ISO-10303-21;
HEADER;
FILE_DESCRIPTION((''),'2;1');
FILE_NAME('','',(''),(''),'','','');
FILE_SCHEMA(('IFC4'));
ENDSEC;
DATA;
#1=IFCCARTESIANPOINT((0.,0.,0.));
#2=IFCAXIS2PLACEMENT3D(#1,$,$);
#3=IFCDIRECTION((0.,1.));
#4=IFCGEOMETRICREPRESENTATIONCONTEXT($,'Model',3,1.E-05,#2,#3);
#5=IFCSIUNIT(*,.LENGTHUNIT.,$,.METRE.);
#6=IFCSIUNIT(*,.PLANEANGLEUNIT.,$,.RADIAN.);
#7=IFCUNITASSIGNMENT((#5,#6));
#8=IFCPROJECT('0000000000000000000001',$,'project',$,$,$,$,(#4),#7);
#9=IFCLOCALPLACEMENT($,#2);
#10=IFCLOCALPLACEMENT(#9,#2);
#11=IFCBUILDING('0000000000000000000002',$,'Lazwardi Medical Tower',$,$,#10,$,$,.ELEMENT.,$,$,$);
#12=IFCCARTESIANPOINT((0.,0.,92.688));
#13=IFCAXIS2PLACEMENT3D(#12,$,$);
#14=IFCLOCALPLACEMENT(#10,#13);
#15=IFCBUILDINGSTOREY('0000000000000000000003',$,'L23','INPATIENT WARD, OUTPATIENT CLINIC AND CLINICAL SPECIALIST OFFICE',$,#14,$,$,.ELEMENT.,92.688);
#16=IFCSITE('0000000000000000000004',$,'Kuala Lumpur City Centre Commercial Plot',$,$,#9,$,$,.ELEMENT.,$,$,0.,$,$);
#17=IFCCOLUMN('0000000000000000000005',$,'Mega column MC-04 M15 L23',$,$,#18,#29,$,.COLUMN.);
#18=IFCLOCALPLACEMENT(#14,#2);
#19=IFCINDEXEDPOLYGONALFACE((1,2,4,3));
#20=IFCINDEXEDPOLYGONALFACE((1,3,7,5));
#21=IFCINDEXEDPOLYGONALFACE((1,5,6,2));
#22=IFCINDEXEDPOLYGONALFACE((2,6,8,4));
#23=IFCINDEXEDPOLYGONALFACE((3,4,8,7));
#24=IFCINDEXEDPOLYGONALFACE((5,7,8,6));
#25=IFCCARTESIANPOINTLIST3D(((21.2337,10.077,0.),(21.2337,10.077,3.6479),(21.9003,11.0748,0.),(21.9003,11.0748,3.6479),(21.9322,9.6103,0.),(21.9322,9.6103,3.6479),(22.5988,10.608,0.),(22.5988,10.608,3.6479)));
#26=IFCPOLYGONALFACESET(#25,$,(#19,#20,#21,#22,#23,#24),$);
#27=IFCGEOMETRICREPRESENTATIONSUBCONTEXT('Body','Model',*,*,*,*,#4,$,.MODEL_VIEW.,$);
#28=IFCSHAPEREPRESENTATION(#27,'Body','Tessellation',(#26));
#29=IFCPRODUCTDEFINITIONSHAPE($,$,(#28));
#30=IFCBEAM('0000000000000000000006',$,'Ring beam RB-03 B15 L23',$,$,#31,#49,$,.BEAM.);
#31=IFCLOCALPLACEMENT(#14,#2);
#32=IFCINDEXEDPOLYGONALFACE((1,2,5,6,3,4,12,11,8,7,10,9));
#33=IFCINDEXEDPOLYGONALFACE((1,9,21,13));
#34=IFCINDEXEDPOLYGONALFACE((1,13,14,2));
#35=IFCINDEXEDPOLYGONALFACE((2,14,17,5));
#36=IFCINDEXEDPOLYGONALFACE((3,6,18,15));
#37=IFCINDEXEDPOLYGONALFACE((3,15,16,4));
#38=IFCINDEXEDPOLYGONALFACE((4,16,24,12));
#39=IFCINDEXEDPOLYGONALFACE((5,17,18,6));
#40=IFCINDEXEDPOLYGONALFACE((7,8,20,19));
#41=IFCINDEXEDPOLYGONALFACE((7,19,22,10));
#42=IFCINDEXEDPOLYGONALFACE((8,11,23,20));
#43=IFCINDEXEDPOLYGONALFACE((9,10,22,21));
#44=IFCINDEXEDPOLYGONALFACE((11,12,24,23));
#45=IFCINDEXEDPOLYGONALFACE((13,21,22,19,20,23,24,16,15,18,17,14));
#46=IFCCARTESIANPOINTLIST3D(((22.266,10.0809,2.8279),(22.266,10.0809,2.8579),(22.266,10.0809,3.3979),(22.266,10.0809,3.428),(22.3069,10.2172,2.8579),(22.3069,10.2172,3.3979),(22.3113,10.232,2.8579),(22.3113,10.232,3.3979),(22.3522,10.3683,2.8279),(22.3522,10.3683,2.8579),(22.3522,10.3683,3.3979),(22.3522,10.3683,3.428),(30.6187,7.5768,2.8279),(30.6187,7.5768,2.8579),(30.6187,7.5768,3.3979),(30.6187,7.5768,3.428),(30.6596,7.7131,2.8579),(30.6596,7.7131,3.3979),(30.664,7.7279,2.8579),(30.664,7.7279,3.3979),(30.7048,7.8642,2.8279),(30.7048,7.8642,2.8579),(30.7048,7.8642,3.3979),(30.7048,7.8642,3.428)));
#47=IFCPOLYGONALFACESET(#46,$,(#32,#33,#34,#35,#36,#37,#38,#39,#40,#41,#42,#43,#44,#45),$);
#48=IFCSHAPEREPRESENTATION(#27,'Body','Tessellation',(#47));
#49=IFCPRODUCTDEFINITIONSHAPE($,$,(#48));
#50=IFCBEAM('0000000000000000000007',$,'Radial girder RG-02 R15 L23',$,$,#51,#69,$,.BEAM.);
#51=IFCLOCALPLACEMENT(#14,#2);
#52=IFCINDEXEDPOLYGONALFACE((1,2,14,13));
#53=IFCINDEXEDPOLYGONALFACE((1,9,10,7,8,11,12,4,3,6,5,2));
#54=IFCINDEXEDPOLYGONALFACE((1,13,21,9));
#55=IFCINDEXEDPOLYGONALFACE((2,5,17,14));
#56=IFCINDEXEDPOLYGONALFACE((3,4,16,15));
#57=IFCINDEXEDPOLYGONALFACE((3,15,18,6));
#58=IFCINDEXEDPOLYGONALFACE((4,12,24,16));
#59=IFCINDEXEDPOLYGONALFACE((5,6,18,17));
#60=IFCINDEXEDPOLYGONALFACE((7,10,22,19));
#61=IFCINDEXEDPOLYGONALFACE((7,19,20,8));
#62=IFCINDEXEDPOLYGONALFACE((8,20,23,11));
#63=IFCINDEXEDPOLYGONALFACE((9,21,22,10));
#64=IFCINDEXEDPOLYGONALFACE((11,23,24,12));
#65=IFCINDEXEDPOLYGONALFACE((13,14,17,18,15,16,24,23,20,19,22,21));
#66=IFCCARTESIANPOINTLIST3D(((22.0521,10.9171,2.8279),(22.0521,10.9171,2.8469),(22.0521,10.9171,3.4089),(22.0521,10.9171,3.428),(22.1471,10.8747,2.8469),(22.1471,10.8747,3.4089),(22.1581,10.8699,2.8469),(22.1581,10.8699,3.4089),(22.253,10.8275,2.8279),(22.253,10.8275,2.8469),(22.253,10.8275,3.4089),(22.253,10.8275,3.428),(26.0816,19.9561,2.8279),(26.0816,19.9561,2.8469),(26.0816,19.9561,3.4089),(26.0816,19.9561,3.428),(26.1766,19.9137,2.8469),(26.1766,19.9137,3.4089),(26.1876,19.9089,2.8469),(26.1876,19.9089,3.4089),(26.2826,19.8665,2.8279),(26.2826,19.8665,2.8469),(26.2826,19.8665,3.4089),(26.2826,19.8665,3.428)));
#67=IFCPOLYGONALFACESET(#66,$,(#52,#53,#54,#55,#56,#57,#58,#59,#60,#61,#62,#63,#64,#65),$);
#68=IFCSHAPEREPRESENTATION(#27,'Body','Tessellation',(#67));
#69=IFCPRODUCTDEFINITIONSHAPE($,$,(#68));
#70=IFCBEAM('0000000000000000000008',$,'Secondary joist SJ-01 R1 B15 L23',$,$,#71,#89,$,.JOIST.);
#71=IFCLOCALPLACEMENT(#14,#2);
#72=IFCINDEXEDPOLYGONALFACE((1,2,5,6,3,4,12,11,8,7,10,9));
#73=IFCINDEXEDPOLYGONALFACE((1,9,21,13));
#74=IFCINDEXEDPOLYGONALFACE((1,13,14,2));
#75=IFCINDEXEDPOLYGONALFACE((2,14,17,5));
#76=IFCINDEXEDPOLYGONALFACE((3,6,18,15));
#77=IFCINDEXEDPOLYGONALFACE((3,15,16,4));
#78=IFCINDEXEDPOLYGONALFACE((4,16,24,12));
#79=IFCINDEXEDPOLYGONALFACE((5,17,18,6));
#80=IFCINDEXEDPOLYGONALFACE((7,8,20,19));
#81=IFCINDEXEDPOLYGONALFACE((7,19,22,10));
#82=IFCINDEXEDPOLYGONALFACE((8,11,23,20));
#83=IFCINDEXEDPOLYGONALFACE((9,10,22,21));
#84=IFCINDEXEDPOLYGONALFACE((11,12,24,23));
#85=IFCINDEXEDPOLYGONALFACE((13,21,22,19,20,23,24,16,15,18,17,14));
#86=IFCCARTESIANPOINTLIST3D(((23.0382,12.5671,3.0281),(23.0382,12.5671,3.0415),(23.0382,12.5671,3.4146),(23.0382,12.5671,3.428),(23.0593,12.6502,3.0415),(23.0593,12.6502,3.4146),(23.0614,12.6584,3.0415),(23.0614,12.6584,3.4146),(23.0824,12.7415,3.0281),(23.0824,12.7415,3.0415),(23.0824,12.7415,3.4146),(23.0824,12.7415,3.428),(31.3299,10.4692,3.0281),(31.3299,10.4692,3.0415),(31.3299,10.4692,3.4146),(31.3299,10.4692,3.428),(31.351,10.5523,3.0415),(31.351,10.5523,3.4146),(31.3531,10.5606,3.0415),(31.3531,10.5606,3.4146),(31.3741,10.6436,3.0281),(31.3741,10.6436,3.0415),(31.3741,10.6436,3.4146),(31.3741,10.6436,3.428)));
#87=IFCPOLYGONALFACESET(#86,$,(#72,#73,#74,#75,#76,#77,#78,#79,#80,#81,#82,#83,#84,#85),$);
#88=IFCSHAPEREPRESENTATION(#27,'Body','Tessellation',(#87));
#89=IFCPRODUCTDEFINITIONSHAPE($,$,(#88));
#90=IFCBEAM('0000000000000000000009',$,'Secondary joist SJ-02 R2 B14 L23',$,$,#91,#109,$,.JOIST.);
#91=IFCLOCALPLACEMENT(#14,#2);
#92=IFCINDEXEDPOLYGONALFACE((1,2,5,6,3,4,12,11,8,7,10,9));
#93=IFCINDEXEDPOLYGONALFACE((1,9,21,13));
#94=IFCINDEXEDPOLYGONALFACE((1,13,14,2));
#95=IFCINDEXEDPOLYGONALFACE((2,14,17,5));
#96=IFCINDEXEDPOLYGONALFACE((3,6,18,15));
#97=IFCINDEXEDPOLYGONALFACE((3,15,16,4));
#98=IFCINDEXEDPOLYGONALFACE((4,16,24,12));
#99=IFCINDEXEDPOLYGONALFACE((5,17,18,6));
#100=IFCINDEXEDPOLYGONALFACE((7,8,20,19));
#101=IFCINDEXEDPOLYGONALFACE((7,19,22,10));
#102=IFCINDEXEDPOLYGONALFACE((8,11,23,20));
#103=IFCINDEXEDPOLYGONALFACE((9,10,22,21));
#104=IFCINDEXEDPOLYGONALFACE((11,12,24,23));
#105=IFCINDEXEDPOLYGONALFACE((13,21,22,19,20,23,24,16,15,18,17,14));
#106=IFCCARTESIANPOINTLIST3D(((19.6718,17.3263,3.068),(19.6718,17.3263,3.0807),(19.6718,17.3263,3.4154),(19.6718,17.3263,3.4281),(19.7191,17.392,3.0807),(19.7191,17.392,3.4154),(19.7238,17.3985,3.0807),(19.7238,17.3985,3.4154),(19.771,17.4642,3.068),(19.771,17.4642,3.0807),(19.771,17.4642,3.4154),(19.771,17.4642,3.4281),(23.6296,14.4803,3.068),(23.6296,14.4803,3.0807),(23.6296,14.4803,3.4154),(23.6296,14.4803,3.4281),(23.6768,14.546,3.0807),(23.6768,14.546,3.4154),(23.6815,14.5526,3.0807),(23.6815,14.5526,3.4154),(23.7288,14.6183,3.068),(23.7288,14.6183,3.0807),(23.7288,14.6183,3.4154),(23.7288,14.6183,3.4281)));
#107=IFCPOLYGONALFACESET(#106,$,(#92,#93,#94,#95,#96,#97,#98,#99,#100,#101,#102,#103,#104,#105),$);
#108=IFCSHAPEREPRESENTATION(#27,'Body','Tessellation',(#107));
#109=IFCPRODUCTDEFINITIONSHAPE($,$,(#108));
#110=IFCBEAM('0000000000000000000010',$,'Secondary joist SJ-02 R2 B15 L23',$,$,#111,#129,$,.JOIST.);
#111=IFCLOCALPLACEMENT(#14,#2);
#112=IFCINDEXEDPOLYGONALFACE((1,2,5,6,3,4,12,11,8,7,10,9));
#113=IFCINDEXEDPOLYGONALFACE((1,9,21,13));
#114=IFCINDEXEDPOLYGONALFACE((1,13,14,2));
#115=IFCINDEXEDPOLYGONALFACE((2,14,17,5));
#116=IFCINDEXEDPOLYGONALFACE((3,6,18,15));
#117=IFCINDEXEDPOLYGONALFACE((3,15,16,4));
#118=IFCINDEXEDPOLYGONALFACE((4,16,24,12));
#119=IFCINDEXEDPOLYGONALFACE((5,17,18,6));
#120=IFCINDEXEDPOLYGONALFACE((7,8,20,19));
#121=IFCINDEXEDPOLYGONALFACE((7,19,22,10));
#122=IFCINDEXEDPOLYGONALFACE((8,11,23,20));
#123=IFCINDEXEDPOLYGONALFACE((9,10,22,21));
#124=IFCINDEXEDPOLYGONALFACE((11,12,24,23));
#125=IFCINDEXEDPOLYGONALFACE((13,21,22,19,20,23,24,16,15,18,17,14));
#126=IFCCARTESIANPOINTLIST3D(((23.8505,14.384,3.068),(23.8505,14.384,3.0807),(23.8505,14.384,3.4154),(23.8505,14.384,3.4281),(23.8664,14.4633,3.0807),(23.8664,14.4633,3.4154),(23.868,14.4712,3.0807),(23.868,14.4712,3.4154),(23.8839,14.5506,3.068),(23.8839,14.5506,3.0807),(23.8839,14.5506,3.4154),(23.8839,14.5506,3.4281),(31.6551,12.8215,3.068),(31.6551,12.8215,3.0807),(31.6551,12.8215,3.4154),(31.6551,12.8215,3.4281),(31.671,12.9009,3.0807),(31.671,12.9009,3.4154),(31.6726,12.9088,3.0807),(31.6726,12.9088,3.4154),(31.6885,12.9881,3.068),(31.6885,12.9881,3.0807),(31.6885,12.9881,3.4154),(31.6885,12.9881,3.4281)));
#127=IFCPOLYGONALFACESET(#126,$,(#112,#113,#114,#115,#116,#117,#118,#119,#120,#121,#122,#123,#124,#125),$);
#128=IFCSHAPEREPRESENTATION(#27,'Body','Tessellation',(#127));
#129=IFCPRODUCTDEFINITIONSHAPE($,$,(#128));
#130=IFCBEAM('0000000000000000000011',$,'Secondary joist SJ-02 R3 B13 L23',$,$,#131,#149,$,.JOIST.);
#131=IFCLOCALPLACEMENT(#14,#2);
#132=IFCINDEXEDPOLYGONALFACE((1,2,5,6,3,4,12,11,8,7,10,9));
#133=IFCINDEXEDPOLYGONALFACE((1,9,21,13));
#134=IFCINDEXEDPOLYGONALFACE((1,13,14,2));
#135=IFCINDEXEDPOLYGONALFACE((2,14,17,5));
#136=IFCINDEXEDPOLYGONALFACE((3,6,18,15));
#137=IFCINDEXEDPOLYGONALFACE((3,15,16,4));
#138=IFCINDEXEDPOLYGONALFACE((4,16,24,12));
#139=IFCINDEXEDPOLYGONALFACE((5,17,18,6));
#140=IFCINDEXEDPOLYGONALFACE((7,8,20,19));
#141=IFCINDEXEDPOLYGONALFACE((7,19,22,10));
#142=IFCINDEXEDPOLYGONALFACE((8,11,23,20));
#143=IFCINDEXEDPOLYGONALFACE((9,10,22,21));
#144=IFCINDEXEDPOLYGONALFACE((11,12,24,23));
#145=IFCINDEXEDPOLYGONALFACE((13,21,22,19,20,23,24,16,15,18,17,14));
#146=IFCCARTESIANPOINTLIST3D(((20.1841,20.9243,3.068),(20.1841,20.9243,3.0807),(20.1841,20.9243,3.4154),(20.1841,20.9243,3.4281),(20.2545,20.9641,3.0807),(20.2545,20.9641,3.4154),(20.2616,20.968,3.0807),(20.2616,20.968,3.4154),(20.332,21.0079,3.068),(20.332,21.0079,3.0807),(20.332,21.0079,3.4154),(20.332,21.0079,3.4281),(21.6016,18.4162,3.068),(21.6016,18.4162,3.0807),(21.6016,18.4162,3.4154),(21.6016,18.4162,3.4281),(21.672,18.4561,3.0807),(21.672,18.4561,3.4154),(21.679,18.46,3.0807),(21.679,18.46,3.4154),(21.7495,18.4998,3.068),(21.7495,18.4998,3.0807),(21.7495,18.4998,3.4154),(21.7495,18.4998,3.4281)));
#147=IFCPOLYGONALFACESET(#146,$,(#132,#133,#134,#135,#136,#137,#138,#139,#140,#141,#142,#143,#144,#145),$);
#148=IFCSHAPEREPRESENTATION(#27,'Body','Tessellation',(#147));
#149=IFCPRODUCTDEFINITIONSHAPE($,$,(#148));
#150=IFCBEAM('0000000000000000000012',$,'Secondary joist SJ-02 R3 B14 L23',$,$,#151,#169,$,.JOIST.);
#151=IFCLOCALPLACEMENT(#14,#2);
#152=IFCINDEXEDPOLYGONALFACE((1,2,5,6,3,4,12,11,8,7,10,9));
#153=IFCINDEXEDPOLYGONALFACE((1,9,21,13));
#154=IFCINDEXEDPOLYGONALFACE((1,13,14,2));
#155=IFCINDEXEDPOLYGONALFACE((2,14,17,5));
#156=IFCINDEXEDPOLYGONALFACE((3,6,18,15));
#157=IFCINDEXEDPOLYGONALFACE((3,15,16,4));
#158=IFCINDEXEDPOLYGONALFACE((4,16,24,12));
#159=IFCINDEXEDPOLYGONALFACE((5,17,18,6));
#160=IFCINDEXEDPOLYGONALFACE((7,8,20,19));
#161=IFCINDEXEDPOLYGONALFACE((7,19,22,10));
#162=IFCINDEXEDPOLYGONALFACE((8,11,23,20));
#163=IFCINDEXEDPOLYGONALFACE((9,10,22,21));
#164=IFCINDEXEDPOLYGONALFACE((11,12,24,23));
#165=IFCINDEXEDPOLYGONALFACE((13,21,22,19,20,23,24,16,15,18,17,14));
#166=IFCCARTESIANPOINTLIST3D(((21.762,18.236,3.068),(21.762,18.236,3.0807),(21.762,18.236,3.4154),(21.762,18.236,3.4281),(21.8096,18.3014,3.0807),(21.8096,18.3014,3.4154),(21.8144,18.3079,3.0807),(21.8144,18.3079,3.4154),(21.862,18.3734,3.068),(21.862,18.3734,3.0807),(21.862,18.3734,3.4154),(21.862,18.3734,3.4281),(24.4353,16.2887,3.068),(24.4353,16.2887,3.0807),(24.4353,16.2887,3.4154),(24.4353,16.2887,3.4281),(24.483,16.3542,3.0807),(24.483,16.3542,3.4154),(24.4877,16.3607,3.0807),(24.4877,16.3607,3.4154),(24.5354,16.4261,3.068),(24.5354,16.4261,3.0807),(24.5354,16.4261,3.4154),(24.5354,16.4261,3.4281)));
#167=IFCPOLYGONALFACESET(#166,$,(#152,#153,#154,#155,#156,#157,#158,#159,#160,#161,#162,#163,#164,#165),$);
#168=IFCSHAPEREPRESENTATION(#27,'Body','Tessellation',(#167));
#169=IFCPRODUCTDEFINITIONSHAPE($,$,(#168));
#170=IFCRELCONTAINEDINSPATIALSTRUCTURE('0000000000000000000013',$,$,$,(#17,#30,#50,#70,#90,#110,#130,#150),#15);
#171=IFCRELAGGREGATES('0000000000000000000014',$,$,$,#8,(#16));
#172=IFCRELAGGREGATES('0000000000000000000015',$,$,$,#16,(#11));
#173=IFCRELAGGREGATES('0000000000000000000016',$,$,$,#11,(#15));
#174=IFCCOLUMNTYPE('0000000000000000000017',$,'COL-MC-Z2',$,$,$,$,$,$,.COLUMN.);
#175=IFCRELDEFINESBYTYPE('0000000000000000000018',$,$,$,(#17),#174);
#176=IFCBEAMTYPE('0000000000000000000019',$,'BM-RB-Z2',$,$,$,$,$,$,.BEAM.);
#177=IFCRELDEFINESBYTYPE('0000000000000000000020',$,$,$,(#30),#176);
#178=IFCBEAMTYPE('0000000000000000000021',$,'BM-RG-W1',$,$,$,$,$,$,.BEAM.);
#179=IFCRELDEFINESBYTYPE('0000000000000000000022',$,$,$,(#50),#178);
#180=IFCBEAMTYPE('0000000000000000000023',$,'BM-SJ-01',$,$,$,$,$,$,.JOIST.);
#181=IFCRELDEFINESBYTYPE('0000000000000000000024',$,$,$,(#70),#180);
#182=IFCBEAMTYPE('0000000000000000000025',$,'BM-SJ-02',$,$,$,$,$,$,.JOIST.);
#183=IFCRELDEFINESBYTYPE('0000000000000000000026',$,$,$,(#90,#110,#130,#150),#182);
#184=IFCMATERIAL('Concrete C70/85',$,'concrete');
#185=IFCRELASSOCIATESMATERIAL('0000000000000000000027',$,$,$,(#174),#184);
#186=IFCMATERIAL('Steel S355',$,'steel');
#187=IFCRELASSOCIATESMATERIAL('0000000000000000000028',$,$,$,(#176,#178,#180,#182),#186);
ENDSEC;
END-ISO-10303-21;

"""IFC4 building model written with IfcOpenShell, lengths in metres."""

from ifc_helpers import new_model, si_unit, direction, frame, origin, origin_2d, place, context, subcontext, project, spatial, rectangle, i_section, extrude, material, material_profile, profile_set, type_object, element, save


model = new_model("IFC4")

# Units and contexts
model_context = context("Model", 3, precision=1e-05, world=origin(), true_north=direction((0.0, 1.0)))
body_context = subcontext(model_context, "Body", "Model", "MODEL_VIEW")
ifc_project = project(units=[si_unit("LENGTHUNIT", "METRE"), si_unit("PLANEANGLEUNIT", "RADIAN")], contexts=[model_context])

# Site, building, storey
site_placement = place(None, origin())
site = spatial("IfcSite", under=ifc_project, at=site_placement, Name="Kuala Lumpur City Centre Commercial Plot", CompositionType="ELEMENT", RefElevation=0.0)
building_placement = place(site_placement, origin())
building = spatial("IfcBuilding", under=site, at=building_placement, Name="Lazwardi Medical Tower", CompositionType="ELEMENT")
storey_placement = place(building_placement, frame((0.0, 0.0, 92.688)))
storey = spatial("IfcBuildingStorey", under=building, at=storey_placement, Name="L23", Description="INPATIENT WARD, OUTPATIENT CLINIC AND CLINICAL SPECIALIST OFFICE", CompositionType="ELEMENT", Elevation=92.688)

# Column
ifc_material_1 = material(Name="Concrete C70/85", Category="concrete")
ifc_material_profile_1 = material_profile(ifc_material_1, rectangle(XDim=1.2, YDim=0.8401, at=origin_2d()), Name="CFT-RECT 1200x840")
ifc_profile_set_1 = profile_set([ifc_material_profile_1], Name="Concrete C70/85")
column_type = type_object("IfcColumnType", Name="COL-MC-Z2", PredefinedType="COLUMN", material=ifc_profile_set_1)
column_placement = place(storey_placement, frame((21.9163, 10.3425, 0.0), z_axis=(0.0, 0.0, 1.0), x_axis=(-0.55557, -0.83147, 0.0)))
element("IfcColumn", 1, at=column_placement, inside=storey, type_object=column_type, Name="Mega column MC-04 M15 L23", PredefinedType="COLUMN", context=body_context, shape_type="SweptSolid", body=[
    extrude(rectangle(XDim=1.2, YDim=0.8401, at=origin_2d()), origin(), (0.0, 0.0, 1.0), 3.6479),
])

# Beams
ifc_material_2 = material(Name="Steel S355", Category="steel")
ifc_material_profile_2 = material_profile(ifc_material_2, i_section(OverallWidth=0.3, OverallDepth=0.6001, WebThickness=0.0154, FlangeThickness=0.03, at=origin_2d()), Name="HEB 600")
ifc_profile_set_2 = profile_set([ifc_material_profile_2], Name="Steel S355")
beam_type_1 = type_object("IfcBeamType", Name="BM-RB-Z2", PredefinedType="BEAM", material=ifc_profile_set_2)
beam_1_placement = place(storey_placement, frame((22.3091, 10.2246, 3.1279), z_axis=(0.957879, -0.287171, 0.0), x_axis=(0.287171, 0.957879, 0.0)))
element("IfcBeam", 2, at=beam_1_placement, inside=storey, type_object=beam_type_1, Name="Ring beam RB-03 B15 L23", PredefinedType="BEAM", context=body_context, shape_type="SweptSolid", body=[
    extrude(i_section(OverallWidth=0.3, OverallDepth=0.6001, WebThickness=0.0154, FlangeThickness=0.03, at=origin_2d()), origin(), (0.0, 0.0, 1.0), 8.72),
])
ifc_material_profile_3 = material_profile(ifc_material_2, i_section(OverallWidth=0.22, OverallDepth=0.6001, WebThickness=0.012, FlangeThickness=0.019, at=origin_2d()), Name="IPE 600")
ifc_profile_set_3 = profile_set([ifc_material_profile_3], Name="Steel S355")
beam_type_2 = type_object("IfcBeamType", Name="BM-RG-W1", PredefinedType="BEAM", material=ifc_profile_set_3)
beam_2_placement = place(storey_placement, frame((22.1526, 10.8723, 3.1279), z_axis=(0.407166, 0.913354, 0.0), x_axis=(-0.913354, 0.407166, 0.0)))
element("IfcBeam", 3, at=beam_2_placement, inside=storey, type_object=beam_type_2, Name="Radial girder RG-02 R15 L23", PredefinedType="BEAM", context=body_context, shape_type="SweptSolid", body=[
    extrude(i_section(OverallWidth=0.22, OverallDepth=0.6001, WebThickness=0.012, FlangeThickness=0.019, at=origin_2d()), origin(), (0.0, 0.0, 1.0), 9.8965),
])
ifc_material_profile_4 = material_profile(ifc_material_2, i_section(OverallWidth=0.1799, OverallDepth=0.3999, WebThickness=0.0085, FlangeThickness=0.0134, at=origin_2d()), Name="IPE 400")
ifc_profile_set_4 = profile_set([ifc_material_profile_4], Name="Steel S355")
beam_type_3 = type_object("IfcBeamType", Name="BM-SJ-01", PredefinedType="JOIST", material=ifc_profile_set_4)
beam_3_placement = place(storey_placement, frame((23.0603, 12.6543, 3.228), z_axis=(0.969452, -0.245282, 0.0), x_axis=(0.245282, 0.969452, 0.0)))
element("IfcBeam", 4, at=beam_3_placement, inside=storey, type_object=beam_type_3, Name="Secondary joist SJ-01 R1 B15 L23", PredefinedType="JOIST", context=body_context, shape_type="SweptSolid", body=[
    extrude(i_section(OverallWidth=0.1799, OverallDepth=0.3999, WebThickness=0.0085, FlangeThickness=0.0134, at=origin_2d()), origin(), (0.0, 0.0, 1.0), 8.553),
])
ifc_material_profile_5 = material_profile(ifc_material_2, i_section(OverallWidth=0.1699, OverallDepth=0.3601, WebThickness=0.0081, FlangeThickness=0.0127, at=origin_2d()), Name="IPE 360")
ifc_profile_set_5 = profile_set([ifc_material_profile_5], Name="Steel S355")
beam_type_4 = type_object("IfcBeamType", Name="BM-SJ-02", PredefinedType="JOIST", material=ifc_profile_set_5)
beam_4_placement = place(storey_placement, frame((19.7214, 17.3953, 3.248), z_axis=(0.811889, -0.583813, 0.0), x_axis=(0.583813, 0.811889, 0.0)))
element("IfcBeam", 5, at=beam_4_placement, inside=storey, type_object=beam_type_4, Name="Secondary joist SJ-02 R2 B14 L23", PredefinedType="JOIST", context=body_context, shape_type="SweptSolid", body=[
    extrude(i_section(OverallWidth=0.1699, OverallDepth=0.3601, WebThickness=0.0081, FlangeThickness=0.0127, at=origin_2d()), origin(), (0.0, 0.0, 1.0), 4.8748),
])
beam_5_placement = place(storey_placement, frame((23.8672, 14.4673, 3.248), z_axis=(0.980543, -0.196305, 0.0), x_axis=(0.196305, 0.980543, 0.0)))
element("IfcBeam", 6, at=beam_5_placement, inside=storey, type_object=beam_type_4, Name="Secondary joist SJ-02 R2 B15 L23", PredefinedType="JOIST", context=body_context, shape_type="SweptSolid", body=[
    extrude(i_section(OverallWidth=0.1699, OverallDepth=0.3601, WebThickness=0.0081, FlangeThickness=0.0127, at=origin_2d()), origin(), (0.0, 0.0, 1.0), 7.9595),
])
beam_6_placement = place(storey_placement, frame((20.2581, 20.9661, 3.248), z_axis=(0.492027, -0.87058, 0.0), x_axis=(0.87058, 0.492027, 0.0)))
element("IfcBeam", 7, at=beam_6_placement, inside=storey, type_object=beam_type_4, Name="Secondary joist SJ-02 R3 B13 L23", PredefinedType="JOIST", context=body_context, shape_type="SweptSolid", body=[
    extrude(i_section(OverallWidth=0.1699, OverallDepth=0.3601, WebThickness=0.0081, FlangeThickness=0.0127, at=origin_2d()), origin(), (0.0, 0.0, 1.0), 2.8809),
])
beam_7_placement = place(storey_placement, frame((21.812, 18.3047, 3.248), z_axis=(0.808302, -0.588768, 0.0), x_axis=(0.588768, 0.808302, 0.0)))
element("IfcBeam", 8, at=beam_7_placement, inside=storey, type_object=beam_type_4, Name="Secondary joist SJ-02 R3 B14 L23", PredefinedType="JOIST", context=body_context, shape_type="SweptSolid", body=[
    extrude(i_section(OverallWidth=0.1699, OverallDepth=0.3601, WebThickness=0.0081, FlangeThickness=0.0127, at=origin_2d()), origin(), (0.0, 0.0, 1.0), 3.3074),
])

save(model, "model.ifc")
